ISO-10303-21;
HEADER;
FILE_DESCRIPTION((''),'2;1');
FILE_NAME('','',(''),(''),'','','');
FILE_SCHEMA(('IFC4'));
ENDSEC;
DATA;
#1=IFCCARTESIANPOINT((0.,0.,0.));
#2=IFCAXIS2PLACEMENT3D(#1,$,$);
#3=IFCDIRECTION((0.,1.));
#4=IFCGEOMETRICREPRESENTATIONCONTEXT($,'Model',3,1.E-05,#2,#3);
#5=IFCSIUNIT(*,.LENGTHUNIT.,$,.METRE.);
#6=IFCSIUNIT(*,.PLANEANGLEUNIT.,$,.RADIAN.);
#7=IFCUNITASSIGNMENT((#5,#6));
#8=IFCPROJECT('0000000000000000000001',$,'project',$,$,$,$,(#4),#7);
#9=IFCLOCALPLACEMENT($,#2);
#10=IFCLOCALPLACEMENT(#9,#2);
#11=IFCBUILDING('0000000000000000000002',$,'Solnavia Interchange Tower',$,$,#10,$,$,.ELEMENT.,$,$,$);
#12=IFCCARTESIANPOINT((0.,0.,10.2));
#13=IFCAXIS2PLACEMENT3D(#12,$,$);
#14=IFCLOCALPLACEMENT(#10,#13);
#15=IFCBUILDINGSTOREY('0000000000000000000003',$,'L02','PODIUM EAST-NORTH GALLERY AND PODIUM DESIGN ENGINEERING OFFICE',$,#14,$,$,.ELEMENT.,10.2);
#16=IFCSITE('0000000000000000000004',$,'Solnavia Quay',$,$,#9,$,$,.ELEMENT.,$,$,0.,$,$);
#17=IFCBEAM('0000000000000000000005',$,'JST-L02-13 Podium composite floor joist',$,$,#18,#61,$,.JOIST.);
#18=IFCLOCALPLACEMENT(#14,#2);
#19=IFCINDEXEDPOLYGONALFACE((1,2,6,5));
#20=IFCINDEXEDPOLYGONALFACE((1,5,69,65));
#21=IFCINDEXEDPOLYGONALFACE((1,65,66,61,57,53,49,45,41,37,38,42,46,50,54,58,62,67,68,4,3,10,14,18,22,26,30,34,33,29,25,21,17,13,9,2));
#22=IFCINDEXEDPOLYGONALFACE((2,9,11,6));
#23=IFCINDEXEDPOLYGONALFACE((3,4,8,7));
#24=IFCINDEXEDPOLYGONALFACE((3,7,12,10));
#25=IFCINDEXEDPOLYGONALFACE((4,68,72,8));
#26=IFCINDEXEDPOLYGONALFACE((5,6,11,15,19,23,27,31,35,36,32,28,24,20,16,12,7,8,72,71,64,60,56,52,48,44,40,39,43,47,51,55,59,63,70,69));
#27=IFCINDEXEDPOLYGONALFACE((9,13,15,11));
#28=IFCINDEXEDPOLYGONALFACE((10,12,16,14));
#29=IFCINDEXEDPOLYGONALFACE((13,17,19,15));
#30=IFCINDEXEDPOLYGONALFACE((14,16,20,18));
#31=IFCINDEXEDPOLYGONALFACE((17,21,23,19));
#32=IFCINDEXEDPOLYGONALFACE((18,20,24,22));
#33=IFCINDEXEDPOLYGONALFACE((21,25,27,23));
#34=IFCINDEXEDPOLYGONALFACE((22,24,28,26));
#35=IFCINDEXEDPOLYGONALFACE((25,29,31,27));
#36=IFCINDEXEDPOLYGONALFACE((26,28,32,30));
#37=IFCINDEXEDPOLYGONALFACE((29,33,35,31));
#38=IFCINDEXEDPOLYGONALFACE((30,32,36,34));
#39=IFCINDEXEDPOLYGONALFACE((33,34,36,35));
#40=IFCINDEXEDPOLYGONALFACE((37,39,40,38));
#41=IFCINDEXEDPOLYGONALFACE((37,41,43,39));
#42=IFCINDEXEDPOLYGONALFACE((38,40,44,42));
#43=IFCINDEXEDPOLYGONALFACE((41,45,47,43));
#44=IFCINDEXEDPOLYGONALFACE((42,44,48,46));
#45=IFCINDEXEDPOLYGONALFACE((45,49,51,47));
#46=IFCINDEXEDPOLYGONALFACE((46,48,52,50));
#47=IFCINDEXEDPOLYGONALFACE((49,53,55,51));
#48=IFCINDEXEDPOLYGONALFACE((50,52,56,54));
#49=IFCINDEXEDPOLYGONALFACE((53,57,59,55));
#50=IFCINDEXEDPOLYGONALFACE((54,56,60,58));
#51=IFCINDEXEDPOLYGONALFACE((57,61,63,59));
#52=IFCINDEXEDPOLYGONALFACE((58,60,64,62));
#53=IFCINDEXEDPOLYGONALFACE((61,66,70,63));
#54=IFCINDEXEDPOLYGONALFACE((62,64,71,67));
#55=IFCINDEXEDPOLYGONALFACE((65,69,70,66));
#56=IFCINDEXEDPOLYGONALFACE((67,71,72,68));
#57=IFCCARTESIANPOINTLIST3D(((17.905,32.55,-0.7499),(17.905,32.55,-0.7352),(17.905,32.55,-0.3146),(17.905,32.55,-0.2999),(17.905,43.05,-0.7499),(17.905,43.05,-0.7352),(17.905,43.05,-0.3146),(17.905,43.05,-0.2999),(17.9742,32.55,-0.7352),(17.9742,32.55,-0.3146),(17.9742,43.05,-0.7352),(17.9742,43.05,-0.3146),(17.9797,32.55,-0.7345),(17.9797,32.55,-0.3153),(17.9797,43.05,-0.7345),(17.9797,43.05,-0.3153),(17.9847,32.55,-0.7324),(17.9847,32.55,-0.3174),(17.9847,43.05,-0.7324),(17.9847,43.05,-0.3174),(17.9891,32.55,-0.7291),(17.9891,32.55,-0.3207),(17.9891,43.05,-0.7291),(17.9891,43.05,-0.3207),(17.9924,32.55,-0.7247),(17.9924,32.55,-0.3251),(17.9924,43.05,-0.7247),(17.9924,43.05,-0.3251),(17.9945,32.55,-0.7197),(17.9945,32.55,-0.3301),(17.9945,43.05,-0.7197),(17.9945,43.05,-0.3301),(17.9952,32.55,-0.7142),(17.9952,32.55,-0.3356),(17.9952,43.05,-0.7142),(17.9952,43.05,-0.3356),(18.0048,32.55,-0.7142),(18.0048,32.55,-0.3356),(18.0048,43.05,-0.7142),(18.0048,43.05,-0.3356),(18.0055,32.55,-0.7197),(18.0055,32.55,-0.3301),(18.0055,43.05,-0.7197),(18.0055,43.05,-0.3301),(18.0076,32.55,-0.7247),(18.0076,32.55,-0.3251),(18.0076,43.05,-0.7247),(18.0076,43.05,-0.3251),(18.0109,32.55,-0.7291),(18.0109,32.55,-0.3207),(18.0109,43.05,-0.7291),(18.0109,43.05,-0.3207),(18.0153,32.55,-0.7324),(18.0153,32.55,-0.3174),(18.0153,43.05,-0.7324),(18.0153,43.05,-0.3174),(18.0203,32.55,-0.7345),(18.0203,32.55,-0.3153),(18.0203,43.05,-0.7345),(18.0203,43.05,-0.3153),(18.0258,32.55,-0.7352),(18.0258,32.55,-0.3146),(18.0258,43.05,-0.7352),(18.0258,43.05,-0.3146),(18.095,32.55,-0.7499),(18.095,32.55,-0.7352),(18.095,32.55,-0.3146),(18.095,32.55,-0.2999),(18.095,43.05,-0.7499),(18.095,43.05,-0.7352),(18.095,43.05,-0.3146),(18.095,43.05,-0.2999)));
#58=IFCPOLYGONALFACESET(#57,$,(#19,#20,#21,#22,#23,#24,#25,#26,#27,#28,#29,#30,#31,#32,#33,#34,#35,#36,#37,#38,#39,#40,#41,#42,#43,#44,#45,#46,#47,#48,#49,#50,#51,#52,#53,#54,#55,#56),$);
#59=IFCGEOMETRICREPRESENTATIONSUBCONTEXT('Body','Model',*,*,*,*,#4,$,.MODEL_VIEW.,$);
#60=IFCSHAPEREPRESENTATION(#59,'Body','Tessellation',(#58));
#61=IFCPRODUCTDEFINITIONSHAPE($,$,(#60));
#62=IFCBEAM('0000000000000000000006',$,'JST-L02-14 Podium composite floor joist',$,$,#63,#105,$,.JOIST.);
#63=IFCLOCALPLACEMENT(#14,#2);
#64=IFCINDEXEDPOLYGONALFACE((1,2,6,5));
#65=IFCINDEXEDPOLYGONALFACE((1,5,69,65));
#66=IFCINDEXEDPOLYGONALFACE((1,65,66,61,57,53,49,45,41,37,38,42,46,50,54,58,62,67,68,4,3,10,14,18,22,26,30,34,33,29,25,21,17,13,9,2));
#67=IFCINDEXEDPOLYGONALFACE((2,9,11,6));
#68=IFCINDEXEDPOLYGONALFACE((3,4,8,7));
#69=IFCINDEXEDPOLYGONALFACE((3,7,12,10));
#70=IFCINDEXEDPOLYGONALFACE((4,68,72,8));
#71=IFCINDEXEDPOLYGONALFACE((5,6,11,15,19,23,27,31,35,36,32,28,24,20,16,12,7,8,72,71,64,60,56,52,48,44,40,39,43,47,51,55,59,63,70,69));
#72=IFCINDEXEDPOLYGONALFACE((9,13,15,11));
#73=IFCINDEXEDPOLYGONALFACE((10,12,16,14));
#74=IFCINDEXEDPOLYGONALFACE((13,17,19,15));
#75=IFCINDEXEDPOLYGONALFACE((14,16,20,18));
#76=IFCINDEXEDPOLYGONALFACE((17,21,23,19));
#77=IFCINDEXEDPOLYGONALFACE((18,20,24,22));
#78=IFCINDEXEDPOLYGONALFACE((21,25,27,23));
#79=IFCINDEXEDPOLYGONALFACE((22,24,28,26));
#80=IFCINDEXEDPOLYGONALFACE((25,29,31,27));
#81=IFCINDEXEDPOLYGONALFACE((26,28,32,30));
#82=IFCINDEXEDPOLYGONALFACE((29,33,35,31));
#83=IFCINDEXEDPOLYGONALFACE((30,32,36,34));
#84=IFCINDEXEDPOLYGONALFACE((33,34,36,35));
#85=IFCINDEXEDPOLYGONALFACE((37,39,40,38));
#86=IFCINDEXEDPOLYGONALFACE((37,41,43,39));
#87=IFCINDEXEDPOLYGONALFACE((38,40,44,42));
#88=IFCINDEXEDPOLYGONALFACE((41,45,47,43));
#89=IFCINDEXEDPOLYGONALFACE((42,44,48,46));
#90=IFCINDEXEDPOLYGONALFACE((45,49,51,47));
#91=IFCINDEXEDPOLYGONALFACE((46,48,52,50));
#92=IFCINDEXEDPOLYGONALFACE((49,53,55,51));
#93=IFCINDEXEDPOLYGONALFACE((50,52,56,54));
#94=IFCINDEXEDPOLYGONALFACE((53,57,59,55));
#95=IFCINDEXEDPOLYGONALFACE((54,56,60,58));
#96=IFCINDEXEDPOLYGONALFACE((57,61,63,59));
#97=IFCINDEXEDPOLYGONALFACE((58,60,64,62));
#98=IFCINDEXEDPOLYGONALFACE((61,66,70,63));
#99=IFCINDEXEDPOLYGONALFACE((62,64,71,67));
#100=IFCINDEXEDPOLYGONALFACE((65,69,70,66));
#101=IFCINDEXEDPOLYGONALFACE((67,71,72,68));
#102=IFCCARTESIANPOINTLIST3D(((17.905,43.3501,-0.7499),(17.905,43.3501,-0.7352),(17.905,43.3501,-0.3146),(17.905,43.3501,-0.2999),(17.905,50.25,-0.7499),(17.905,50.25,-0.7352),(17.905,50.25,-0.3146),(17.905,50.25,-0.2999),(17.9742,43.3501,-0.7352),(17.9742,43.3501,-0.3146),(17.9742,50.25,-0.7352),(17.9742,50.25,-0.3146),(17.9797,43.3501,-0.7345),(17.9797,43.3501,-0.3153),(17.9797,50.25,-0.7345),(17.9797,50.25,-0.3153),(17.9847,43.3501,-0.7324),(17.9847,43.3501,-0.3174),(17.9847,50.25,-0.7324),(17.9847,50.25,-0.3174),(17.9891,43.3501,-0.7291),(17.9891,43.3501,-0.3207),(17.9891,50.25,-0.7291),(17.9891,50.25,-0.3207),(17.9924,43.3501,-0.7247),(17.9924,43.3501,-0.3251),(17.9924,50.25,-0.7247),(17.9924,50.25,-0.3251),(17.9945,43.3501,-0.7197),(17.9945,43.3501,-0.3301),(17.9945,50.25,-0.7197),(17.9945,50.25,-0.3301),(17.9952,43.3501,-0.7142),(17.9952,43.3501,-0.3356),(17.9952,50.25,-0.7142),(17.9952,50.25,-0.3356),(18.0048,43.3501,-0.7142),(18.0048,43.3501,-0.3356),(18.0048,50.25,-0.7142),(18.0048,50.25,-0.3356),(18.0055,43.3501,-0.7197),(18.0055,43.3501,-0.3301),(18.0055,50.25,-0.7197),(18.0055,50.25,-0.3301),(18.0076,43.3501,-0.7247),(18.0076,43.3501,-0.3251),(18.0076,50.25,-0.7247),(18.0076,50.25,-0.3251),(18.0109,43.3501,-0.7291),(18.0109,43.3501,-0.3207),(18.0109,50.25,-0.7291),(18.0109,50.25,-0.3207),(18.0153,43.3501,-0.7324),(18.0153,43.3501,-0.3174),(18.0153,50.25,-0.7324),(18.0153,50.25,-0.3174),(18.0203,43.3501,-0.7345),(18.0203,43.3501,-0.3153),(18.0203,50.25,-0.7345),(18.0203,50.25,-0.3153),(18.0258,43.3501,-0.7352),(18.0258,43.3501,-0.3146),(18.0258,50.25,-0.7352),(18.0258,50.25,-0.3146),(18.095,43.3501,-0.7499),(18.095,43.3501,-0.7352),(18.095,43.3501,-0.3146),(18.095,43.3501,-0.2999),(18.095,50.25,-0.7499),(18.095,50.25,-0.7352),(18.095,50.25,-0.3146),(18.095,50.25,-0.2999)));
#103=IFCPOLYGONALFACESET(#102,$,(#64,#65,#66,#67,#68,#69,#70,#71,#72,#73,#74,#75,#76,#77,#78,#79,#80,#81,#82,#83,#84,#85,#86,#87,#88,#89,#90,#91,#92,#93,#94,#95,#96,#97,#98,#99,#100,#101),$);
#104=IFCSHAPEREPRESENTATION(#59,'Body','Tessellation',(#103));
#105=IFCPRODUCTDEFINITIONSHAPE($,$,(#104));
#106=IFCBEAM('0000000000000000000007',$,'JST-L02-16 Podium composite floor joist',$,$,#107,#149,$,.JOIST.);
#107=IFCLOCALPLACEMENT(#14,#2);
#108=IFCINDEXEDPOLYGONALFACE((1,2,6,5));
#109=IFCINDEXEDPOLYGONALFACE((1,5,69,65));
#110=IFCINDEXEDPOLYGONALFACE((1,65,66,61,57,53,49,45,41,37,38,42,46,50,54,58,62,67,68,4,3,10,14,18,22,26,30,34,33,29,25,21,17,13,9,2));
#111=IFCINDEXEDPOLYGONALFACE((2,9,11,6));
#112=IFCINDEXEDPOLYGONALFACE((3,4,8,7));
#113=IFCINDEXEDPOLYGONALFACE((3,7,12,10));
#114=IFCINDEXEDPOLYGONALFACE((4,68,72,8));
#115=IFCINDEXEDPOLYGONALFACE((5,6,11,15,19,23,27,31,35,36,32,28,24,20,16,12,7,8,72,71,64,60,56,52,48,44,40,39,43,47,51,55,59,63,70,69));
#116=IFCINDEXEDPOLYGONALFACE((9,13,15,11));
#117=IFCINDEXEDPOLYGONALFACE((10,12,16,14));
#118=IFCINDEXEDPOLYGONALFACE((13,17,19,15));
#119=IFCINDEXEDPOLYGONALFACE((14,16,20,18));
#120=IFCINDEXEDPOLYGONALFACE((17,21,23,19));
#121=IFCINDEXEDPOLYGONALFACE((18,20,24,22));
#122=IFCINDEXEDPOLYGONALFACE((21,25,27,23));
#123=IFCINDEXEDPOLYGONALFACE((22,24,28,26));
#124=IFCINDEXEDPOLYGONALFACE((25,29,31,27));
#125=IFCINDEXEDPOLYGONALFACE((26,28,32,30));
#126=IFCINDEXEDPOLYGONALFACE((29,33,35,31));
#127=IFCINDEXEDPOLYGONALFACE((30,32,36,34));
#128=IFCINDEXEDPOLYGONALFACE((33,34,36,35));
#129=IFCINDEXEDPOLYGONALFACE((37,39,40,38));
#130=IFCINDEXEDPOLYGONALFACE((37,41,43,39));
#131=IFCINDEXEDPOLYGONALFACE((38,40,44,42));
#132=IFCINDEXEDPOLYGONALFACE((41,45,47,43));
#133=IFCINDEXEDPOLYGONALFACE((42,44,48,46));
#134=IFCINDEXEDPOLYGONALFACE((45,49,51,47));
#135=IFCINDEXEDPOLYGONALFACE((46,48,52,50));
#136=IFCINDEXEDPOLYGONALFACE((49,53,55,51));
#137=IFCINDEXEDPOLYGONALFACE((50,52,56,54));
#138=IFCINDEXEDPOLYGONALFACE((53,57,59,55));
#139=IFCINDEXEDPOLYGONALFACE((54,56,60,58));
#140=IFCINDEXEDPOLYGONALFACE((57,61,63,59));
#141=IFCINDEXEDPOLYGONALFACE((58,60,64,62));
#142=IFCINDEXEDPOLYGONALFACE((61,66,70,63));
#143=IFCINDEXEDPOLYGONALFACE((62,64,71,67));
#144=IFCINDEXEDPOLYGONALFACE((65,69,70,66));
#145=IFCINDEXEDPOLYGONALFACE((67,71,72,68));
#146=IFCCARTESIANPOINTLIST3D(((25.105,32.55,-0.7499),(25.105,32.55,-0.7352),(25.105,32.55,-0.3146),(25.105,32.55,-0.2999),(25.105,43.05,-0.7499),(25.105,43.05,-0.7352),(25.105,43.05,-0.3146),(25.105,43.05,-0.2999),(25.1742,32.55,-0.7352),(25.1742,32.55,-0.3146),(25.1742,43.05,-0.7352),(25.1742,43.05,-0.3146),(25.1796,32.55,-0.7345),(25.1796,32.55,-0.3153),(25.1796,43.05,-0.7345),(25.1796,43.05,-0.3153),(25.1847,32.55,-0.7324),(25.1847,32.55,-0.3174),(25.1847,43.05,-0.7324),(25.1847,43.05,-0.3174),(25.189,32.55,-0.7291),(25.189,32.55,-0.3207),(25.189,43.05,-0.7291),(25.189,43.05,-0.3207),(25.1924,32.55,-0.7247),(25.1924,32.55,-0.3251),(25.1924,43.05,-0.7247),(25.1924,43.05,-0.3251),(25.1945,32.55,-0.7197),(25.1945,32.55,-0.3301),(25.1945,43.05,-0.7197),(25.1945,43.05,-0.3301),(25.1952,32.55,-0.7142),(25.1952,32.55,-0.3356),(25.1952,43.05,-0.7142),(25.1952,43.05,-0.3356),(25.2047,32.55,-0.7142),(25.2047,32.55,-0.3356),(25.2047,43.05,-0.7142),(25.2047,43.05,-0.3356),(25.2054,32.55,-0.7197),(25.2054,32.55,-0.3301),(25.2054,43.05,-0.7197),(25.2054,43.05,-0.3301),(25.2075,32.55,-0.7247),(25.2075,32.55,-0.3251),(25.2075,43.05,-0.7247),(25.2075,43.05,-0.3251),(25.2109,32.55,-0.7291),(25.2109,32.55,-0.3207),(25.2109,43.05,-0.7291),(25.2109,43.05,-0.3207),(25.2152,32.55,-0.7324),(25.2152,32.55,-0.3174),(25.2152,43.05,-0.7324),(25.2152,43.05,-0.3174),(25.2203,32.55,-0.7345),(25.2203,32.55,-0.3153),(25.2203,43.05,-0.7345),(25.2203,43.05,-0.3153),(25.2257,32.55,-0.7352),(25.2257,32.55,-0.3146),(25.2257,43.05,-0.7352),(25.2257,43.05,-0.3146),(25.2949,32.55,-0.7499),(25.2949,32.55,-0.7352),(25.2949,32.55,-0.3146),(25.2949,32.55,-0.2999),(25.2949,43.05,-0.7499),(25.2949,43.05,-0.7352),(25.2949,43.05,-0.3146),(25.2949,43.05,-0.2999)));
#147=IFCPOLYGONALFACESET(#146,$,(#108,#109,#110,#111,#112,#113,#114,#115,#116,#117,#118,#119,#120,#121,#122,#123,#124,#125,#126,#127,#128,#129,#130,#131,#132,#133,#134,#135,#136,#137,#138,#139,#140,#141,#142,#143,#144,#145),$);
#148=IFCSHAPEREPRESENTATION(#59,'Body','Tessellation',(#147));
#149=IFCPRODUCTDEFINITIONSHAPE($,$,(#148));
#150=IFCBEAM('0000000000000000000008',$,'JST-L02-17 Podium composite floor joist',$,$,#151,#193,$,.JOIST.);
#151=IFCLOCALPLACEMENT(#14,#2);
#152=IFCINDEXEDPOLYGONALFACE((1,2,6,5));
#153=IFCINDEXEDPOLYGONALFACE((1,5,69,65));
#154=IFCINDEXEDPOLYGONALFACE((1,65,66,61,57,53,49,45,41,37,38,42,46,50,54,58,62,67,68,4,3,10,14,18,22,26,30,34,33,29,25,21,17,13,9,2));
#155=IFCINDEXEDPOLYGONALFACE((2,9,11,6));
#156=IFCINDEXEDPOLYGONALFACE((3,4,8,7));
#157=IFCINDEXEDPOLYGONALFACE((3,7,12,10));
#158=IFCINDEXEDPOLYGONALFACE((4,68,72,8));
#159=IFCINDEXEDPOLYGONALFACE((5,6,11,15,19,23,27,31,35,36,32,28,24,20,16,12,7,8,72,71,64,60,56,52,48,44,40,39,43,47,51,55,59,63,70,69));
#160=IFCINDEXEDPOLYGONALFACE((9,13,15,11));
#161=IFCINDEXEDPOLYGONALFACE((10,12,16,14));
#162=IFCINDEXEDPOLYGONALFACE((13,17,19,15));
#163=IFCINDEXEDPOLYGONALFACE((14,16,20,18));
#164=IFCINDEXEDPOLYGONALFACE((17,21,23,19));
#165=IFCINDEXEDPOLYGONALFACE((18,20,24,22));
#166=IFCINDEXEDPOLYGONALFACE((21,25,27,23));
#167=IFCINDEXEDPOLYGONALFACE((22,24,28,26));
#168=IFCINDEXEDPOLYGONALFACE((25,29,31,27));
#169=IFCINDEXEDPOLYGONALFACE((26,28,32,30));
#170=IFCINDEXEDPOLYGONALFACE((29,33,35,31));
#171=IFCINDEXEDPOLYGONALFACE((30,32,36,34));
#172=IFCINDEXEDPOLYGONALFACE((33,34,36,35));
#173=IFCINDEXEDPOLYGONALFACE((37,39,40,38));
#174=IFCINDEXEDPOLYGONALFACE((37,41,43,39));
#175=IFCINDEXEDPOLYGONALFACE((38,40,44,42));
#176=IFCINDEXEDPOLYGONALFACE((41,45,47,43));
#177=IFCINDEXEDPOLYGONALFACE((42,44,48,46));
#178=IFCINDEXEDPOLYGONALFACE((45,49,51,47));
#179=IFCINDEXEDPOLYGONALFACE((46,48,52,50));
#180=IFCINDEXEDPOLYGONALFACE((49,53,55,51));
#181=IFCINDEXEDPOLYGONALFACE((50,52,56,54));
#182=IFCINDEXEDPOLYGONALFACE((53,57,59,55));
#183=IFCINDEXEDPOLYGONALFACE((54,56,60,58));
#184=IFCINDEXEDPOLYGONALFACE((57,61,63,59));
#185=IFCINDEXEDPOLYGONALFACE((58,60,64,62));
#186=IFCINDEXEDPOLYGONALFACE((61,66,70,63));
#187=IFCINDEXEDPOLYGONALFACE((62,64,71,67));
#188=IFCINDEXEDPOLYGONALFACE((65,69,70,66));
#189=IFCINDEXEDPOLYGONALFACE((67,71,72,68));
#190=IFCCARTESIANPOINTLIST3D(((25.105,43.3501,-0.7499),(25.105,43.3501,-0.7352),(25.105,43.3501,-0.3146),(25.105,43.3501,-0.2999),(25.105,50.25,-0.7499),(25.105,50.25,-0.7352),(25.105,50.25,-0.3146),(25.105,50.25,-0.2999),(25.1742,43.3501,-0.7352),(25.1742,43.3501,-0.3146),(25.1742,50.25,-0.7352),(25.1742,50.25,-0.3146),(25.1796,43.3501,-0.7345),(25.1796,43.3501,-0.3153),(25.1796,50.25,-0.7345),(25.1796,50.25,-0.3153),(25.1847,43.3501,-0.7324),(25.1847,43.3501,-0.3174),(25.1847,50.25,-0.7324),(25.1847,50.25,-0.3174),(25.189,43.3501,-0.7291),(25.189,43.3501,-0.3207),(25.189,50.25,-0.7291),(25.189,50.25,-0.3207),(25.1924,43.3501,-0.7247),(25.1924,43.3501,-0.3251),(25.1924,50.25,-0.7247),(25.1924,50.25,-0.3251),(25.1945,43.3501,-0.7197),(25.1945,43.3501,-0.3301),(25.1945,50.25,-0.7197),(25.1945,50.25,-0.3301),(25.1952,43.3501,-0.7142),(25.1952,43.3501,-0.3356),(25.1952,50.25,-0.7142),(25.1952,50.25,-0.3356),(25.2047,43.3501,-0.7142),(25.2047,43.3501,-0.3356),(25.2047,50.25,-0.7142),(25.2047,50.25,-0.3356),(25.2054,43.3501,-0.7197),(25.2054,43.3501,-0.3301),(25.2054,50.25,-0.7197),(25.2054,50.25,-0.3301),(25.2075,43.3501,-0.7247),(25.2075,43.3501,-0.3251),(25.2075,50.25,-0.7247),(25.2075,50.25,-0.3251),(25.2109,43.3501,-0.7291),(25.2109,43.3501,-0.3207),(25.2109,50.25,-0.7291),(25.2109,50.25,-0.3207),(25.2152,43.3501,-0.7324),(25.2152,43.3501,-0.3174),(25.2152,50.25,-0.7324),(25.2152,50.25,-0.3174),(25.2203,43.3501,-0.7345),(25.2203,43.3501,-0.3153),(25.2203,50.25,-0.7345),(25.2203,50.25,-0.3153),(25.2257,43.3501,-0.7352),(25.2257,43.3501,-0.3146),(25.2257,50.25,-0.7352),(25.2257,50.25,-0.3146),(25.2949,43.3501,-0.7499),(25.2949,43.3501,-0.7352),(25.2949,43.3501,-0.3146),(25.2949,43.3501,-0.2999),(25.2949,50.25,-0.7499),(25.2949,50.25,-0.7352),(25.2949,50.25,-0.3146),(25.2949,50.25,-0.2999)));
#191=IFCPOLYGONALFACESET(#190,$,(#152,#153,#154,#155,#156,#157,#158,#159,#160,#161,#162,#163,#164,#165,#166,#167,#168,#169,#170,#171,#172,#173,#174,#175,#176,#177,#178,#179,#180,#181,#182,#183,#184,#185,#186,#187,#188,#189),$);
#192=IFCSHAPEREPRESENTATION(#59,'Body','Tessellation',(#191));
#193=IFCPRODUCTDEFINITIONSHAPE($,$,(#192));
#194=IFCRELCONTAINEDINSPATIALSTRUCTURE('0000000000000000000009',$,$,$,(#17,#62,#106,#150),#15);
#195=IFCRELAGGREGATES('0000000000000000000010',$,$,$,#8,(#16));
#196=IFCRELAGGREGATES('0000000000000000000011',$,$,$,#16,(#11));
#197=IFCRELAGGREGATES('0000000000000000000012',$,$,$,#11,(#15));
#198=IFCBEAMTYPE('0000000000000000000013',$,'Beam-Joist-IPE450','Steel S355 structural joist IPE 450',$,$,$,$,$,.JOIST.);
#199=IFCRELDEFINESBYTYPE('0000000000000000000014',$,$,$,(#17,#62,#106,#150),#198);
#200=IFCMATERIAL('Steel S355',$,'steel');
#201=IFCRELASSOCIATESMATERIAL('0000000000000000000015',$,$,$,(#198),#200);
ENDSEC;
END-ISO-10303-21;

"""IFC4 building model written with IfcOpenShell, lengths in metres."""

from ifc_helpers import new_model, si_unit, direction, frame, origin, origin_2d, place, context, subcontext, project, spatial, i_section, extrude, material, material_profile, profile_set, type_object, element, save


model = new_model("IFC4")

# Units and contexts
model_context = context("Model", 3, precision=1e-05, world=origin(), true_north=direction((0.0, 1.0)))
body_context = subcontext(model_context, "Body", "Model", "MODEL_VIEW")
ifc_project = project(units=[si_unit("LENGTHUNIT", "METRE"), si_unit("PLANEANGLEUNIT", "RADIAN")], contexts=[model_context])

# Site, building, storey
site_placement = place(None, origin())
site = spatial("IfcSite", under=ifc_project, at=site_placement, Name="Solnavia Quay", CompositionType="ELEMENT", RefElevation=0.0)
building_placement = place(site_placement, origin())
building = spatial("IfcBuilding", under=site, at=building_placement, Name="Solnavia Interchange Tower", CompositionType="ELEMENT")
storey_placement = place(building_placement, frame((0.0, 0.0, 10.2)))
storey = spatial("IfcBuildingStorey", under=building, at=storey_placement, Name="L02", Description="PODIUM EAST-NORTH GALLERY AND PODIUM DESIGN ENGINEERING OFFICE", CompositionType="ELEMENT", Elevation=10.2)

# Beams
ifc_material_1 = material(Name="Steel S355", Category="steel")
ifc_material_profile_1 = material_profile(ifc_material_1, i_section(OverallWidth=0.1899, OverallDepth=0.45, WebThickness=0.0095, FlangeThickness=0.0146, FilletRadius=0.021, at=origin_2d()), Name="IPE 450")
ifc_profile_set_1 = profile_set([ifc_material_profile_1], Name="Steel S355")
beam_type_1 = type_object("IfcBeamType", Name="Beam-Joist-IPE450", Description="Steel S355 structural joist IPE 450", PredefinedType="JOIST", material=ifc_profile_set_1)
beam_1_placement = place(storey_placement, frame((18.0, 32.55, -0.5249), z_axis=(0.0, 1.0, 0.0), x_axis=(-1.0, 0.0, 0.0)))
element("IfcBeam", 1, at=beam_1_placement, inside=storey, type_object=beam_type_1, Name="JST-L02-13 Podium composite floor joist", PredefinedType="JOIST", context=body_context, shape_type="SweptSolid", body=[
    extrude(i_section(OverallWidth=0.1899, OverallDepth=0.45, WebThickness=0.0095, FlangeThickness=0.0146, FilletRadius=0.021, at=origin_2d()), origin(), (0.0, 0.0, 1.0), 10.5),
])
beam_2_placement = place(storey_placement, frame((18.0, 43.3501, -0.5249), z_axis=(0.0, 1.0, 0.0), x_axis=(-1.0, 0.0, 0.0)))
element("IfcBeam", 2, at=beam_2_placement, inside=storey, type_object=beam_type_1, Name="JST-L02-14 Podium composite floor joist", PredefinedType="JOIST", context=body_context, shape_type="SweptSolid", body=[
    extrude(i_section(OverallWidth=0.1899, OverallDepth=0.45, WebThickness=0.0095, FlangeThickness=0.0146, FilletRadius=0.021, at=origin_2d()), origin(), (0.0, 0.0, 1.0), 6.8999),
])
beam_3_placement = place(storey_placement, frame((25.2, 32.55, -0.5249), z_axis=(0.0, 1.0, 0.0), x_axis=(-1.0, 0.0, 0.0)))
element("IfcBeam", 3, at=beam_3_placement, inside=storey, type_object=beam_type_1, Name="JST-L02-16 Podium composite floor joist", PredefinedType="JOIST", context=body_context, shape_type="SweptSolid", body=[
    extrude(i_section(OverallWidth=0.1899, OverallDepth=0.45, WebThickness=0.0095, FlangeThickness=0.0146, FilletRadius=0.021, at=origin_2d()), origin(), (0.0, 0.0, 1.0), 10.5),
])
beam_4_placement = place(storey_placement, frame((25.2, 43.3501, -0.5249), z_axis=(0.0, 1.0, 0.0), x_axis=(-1.0, 0.0, 0.0)))
element("IfcBeam", 4, at=beam_4_placement, inside=storey, type_object=beam_type_1, Name="JST-L02-17 Podium composite floor joist", PredefinedType="JOIST", context=body_context, shape_type="SweptSolid", body=[
    extrude(i_section(OverallWidth=0.1899, OverallDepth=0.45, WebThickness=0.0095, FlangeThickness=0.0146, FilletRadius=0.021, at=origin_2d()), origin(), (0.0, 0.0, 1.0), 6.8999),
])

save(model, "model.ifc")
